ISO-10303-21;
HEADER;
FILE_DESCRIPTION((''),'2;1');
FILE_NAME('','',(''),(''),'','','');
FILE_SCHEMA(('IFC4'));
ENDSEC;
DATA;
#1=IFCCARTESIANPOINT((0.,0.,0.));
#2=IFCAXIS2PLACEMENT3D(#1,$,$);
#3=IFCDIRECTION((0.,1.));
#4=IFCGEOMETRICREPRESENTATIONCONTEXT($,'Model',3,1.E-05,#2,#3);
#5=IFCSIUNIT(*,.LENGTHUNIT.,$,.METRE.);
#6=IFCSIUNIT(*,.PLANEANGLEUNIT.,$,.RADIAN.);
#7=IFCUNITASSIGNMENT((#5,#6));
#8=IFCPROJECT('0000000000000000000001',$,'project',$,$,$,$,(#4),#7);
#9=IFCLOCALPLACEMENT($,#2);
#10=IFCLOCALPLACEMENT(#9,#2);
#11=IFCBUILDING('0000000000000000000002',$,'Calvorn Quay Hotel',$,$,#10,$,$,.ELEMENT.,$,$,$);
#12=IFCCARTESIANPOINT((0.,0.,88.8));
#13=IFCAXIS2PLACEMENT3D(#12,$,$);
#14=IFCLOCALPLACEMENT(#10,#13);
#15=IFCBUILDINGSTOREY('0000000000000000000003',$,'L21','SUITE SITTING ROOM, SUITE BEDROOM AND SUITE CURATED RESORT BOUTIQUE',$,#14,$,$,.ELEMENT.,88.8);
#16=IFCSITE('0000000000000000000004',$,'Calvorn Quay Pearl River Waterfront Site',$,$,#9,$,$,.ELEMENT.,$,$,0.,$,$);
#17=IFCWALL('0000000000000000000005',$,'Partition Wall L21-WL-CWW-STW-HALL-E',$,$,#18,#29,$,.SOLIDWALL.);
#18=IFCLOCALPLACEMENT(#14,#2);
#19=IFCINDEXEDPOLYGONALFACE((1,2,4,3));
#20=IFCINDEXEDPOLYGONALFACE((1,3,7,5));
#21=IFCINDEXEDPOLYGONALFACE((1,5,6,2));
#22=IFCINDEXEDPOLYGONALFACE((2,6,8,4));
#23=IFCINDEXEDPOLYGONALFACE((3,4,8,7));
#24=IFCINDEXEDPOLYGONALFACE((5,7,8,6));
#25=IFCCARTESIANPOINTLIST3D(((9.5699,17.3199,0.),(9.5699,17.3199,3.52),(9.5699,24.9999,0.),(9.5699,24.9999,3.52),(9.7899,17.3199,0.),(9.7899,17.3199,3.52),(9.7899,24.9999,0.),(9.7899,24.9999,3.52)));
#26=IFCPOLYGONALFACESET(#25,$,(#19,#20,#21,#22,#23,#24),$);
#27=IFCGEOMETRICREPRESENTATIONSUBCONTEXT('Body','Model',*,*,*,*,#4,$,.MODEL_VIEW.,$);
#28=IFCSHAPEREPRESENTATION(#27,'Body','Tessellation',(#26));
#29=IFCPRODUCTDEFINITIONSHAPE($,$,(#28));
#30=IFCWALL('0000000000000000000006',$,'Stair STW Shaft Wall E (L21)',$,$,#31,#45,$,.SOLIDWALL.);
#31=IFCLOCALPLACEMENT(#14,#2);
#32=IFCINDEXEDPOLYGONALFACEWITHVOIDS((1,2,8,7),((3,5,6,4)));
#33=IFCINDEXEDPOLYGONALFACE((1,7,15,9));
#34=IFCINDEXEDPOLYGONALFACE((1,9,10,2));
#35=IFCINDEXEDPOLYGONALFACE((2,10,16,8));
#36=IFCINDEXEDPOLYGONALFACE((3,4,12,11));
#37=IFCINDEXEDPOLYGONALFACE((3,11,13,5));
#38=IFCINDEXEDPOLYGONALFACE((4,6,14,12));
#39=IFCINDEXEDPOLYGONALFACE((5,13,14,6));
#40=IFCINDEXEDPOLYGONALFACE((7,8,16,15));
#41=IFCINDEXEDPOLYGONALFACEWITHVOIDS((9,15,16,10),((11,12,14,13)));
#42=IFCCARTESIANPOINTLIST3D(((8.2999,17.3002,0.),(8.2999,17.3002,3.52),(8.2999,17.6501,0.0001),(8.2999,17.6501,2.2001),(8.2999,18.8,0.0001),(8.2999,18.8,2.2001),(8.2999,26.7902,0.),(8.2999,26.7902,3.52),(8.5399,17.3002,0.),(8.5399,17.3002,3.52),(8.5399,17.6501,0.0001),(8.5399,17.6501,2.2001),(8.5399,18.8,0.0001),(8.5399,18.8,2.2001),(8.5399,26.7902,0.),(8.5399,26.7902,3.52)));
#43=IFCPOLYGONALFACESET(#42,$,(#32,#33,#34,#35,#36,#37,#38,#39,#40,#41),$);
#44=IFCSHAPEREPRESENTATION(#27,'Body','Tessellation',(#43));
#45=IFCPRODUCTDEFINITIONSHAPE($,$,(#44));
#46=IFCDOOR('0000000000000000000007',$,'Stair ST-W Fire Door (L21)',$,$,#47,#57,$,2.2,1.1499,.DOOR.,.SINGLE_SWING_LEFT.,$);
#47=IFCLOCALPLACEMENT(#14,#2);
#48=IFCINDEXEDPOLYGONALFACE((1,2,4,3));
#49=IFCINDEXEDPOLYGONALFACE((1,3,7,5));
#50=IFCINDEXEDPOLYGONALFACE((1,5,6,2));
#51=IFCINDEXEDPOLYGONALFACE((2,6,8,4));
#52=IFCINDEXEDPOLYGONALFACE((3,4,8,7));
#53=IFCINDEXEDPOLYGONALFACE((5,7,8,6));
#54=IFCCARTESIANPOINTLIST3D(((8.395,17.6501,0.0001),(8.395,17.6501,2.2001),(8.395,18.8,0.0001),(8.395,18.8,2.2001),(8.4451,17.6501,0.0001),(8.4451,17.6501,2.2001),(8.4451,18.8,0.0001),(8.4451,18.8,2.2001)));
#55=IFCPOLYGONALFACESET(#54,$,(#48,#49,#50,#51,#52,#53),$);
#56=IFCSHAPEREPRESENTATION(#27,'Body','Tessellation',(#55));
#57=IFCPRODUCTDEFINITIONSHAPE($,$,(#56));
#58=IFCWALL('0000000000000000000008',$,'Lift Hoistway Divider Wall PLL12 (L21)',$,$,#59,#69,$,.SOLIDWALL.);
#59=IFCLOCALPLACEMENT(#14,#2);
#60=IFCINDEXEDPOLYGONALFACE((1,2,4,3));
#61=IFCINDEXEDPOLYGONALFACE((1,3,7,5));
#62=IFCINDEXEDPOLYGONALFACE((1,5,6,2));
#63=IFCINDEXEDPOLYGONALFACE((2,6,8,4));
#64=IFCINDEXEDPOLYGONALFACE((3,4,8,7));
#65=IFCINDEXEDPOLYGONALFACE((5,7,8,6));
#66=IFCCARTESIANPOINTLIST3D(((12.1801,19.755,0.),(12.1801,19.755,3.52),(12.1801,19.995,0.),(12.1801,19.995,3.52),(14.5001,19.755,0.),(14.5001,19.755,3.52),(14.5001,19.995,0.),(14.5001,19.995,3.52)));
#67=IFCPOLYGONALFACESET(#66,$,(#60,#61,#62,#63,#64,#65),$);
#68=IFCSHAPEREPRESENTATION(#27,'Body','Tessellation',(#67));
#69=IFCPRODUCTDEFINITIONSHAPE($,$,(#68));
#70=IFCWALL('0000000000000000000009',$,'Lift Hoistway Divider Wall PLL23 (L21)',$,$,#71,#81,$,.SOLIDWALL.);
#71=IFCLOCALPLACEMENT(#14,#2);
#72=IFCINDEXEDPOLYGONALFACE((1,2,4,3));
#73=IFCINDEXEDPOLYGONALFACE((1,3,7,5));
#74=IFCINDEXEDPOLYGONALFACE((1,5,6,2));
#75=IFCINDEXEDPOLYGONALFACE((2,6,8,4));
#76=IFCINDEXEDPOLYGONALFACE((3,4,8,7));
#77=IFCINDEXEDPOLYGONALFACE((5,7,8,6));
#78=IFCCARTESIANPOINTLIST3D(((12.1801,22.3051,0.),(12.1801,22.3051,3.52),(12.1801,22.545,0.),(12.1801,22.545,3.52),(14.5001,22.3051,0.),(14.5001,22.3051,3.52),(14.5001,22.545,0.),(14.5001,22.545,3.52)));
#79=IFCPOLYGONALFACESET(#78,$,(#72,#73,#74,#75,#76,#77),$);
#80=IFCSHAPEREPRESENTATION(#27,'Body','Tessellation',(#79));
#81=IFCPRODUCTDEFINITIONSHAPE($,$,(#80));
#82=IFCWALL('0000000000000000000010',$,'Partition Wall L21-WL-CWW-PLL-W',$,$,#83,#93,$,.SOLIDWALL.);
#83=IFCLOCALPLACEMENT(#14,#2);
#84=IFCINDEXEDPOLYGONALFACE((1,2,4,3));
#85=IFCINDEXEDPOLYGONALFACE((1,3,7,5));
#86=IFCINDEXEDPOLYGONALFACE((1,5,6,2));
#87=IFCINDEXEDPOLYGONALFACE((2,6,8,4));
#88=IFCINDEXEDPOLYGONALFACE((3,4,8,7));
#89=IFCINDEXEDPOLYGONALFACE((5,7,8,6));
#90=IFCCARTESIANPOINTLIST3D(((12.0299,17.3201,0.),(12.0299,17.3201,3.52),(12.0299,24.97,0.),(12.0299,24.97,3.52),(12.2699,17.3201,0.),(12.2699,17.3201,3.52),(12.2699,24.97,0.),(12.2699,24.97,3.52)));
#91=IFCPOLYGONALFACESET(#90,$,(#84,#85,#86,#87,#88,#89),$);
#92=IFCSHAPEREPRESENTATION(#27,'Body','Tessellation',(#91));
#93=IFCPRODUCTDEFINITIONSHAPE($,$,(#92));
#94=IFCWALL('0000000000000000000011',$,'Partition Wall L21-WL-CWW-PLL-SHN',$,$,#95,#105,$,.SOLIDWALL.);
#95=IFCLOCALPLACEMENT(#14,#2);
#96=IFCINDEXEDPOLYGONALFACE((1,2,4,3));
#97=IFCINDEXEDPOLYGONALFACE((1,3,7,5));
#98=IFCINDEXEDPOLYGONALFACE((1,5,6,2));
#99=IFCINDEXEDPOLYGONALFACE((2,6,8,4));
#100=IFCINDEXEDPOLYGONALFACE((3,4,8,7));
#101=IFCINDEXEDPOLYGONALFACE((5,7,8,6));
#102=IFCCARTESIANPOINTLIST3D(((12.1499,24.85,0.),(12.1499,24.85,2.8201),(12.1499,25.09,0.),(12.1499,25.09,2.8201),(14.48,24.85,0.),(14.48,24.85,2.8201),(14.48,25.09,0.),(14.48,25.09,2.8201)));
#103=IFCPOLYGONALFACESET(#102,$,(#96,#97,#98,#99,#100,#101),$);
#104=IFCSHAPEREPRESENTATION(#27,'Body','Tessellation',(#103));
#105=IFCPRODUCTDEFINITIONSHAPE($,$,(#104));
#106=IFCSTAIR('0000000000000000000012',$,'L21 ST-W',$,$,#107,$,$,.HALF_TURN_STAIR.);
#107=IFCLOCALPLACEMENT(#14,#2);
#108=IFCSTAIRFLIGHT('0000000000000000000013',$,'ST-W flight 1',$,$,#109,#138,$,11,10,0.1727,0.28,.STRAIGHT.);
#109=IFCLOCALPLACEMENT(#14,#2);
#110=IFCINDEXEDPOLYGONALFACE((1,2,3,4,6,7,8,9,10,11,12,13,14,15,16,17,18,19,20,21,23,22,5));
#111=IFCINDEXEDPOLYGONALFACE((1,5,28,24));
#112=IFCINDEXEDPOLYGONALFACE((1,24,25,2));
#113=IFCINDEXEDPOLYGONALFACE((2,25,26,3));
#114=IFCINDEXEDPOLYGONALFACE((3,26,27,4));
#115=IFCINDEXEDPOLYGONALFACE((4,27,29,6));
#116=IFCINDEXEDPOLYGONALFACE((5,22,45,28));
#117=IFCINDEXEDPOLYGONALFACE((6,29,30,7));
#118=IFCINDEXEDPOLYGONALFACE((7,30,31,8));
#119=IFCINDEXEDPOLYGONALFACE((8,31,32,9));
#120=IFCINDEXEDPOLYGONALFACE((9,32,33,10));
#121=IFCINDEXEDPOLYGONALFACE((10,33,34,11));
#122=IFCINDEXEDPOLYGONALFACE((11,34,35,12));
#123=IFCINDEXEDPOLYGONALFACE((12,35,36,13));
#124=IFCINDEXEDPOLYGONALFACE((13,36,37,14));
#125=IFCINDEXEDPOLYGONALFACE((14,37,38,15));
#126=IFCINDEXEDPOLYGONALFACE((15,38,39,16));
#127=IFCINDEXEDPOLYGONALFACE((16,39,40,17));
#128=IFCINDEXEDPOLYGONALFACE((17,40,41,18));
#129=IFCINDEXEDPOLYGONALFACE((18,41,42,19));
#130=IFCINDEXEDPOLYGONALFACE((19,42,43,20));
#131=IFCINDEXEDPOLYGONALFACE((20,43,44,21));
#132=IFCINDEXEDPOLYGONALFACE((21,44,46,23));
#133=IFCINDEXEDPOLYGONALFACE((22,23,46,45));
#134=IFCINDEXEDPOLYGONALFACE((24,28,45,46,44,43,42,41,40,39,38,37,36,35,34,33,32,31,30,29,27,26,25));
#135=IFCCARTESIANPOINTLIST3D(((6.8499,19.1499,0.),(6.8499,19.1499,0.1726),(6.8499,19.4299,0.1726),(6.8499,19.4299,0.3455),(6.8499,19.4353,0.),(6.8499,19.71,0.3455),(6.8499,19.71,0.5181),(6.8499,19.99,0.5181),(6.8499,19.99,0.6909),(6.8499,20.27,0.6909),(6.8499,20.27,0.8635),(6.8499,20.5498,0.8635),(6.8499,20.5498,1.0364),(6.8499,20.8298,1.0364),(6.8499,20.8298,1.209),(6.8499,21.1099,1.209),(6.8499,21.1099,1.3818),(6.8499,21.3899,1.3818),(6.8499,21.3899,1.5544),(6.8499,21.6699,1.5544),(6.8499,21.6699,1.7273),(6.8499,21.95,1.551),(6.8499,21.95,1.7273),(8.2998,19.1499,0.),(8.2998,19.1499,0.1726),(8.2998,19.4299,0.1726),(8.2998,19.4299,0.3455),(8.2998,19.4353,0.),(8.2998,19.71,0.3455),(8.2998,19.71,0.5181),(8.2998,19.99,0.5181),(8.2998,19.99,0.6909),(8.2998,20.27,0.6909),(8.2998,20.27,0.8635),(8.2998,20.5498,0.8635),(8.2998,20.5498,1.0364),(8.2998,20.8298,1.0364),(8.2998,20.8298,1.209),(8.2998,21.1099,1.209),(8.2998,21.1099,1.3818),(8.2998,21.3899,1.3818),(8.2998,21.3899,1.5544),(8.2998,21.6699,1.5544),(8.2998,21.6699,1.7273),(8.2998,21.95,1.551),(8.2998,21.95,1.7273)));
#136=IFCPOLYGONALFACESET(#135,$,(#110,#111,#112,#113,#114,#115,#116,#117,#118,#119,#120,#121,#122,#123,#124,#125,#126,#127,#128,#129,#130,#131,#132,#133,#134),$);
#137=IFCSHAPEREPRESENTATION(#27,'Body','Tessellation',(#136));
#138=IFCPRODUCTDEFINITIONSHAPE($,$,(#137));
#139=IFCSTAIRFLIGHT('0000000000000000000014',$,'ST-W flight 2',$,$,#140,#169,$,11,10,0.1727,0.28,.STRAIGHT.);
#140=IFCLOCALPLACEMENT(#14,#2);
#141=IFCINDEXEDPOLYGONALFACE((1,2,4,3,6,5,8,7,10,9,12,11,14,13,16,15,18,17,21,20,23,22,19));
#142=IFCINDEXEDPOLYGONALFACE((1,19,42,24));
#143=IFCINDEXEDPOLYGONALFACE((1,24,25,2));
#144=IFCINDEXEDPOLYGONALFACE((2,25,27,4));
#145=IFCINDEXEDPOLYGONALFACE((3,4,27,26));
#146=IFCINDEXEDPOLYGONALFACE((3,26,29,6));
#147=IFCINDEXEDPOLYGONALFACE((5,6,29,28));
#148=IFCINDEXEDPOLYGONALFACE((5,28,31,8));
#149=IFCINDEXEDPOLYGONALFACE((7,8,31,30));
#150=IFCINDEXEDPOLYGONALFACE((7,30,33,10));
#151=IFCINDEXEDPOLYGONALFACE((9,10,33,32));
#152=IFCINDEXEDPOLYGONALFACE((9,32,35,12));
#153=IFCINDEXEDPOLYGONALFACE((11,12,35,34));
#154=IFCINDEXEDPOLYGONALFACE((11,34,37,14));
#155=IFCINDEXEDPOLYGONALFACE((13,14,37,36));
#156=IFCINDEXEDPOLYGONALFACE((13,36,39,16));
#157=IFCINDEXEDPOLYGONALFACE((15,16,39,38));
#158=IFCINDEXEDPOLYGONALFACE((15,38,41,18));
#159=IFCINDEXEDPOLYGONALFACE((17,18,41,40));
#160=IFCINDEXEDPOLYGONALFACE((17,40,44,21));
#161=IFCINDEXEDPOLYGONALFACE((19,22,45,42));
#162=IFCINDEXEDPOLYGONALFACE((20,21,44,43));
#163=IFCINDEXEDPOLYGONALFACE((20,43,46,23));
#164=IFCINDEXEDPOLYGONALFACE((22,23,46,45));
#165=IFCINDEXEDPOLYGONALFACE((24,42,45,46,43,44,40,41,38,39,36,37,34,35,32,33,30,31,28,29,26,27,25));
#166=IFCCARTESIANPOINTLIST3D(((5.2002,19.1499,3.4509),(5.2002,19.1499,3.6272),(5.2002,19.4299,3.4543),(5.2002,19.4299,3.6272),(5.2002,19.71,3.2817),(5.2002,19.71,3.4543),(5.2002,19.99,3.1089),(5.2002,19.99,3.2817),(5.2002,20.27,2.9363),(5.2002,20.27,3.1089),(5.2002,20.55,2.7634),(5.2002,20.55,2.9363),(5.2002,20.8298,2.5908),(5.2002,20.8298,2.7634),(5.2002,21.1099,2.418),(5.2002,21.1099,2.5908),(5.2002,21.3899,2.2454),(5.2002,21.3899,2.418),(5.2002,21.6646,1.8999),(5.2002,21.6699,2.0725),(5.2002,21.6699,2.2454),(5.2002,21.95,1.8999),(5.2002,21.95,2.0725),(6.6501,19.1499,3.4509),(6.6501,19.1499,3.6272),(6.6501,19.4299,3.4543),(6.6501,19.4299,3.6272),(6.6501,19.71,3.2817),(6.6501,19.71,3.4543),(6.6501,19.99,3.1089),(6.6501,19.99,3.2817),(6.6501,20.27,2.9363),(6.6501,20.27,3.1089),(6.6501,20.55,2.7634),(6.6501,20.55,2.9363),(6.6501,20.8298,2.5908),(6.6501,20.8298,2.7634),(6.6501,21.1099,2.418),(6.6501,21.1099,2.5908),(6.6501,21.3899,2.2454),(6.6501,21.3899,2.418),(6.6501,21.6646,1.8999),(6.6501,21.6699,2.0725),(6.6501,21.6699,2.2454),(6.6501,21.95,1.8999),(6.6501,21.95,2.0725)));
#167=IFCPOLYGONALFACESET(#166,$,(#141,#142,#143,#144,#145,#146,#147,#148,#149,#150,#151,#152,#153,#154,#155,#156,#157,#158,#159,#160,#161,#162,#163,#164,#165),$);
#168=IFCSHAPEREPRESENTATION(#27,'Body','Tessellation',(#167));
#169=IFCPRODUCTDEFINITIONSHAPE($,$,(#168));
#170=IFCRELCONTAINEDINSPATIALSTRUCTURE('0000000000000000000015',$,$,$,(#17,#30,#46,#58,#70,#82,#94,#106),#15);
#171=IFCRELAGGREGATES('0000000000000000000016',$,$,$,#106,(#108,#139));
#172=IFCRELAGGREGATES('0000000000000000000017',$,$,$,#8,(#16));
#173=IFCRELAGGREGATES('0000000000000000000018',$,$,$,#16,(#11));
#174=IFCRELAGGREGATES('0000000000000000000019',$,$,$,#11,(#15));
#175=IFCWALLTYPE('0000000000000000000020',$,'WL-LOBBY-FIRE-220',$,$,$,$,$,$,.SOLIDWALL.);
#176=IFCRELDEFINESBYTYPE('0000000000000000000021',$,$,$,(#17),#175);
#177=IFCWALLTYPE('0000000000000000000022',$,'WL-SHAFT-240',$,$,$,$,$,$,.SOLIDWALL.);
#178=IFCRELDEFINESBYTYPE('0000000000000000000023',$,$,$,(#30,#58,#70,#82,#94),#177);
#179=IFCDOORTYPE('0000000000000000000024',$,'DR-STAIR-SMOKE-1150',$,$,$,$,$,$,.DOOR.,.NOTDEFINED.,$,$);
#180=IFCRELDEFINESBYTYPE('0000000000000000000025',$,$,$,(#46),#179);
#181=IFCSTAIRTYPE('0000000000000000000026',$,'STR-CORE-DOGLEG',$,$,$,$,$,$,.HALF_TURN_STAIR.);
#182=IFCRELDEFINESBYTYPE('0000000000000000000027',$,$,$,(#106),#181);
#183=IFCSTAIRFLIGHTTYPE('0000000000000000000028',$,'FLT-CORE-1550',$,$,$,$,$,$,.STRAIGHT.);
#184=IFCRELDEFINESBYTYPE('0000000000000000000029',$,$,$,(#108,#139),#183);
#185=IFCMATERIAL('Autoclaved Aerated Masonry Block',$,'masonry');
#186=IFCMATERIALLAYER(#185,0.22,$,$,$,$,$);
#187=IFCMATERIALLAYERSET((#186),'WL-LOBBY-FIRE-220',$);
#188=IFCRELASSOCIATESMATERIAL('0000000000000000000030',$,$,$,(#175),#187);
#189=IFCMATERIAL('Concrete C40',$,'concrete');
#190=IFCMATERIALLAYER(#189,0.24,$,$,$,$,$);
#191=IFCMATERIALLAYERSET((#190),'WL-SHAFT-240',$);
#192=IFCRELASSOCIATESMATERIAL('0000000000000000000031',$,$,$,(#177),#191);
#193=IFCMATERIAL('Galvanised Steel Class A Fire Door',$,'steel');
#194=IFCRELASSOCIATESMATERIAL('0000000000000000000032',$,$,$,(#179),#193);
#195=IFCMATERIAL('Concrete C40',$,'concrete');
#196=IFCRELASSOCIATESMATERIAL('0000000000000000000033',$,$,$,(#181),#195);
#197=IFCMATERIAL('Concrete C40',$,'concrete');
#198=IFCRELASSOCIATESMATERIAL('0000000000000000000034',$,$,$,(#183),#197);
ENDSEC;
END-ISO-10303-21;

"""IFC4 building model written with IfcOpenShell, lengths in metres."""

from ifc_helpers import new_model, si_unit, direction, frame, frame_2d, origin, place, context, subcontext, project, spatial, polyline, rectangle, outline, extrude, material, layer, layer_set, type_object, element, fill, aggregate, save


model = new_model("IFC4")

# Units and contexts
model_context = context("Model", 3, precision=1e-05, world=origin(), true_north=direction((0.0, 1.0)))
body_context = subcontext(model_context, "Body", "Model", "MODEL_VIEW")
ifc_project = project(units=[si_unit("LENGTHUNIT", "METRE"), si_unit("PLANEANGLEUNIT", "RADIAN")], contexts=[model_context])

# Site, building, storey
site_placement = place(None, origin())
site = spatial("IfcSite", under=ifc_project, at=site_placement, Name="Calvorn Quay Pearl River Waterfront Site", CompositionType="ELEMENT", RefElevation=0.0)
building_placement = place(site_placement, origin())
building = spatial("IfcBuilding", under=site, at=building_placement, Name="Calvorn Quay Hotel", CompositionType="ELEMENT")
storey_placement = place(building_placement, frame((0.0, 0.0, 88.8)))
storey = spatial("IfcBuildingStorey", under=building, at=storey_placement, Name="L21", Description="SUITE SITTING ROOM, SUITE BEDROOM AND SUITE CURATED RESORT BOUTIQUE", CompositionType="ELEMENT", Elevation=88.8)

# Wall
ifc_material_1 = material(Name="Autoclaved Aerated Masonry Block", Category="masonry")
ifc_layer_1 = layer(ifc_material_1, 0.22)
ifc_layer_set_1 = layer_set([ifc_layer_1], Name="WL-LOBBY-FIRE-220")
wall_type_1 = type_object("IfcWallType", Name="WL-LOBBY-FIRE-220", PredefinedType="SOLIDWALL", material=ifc_layer_set_1)
wall_1_placement = place(storey_placement, frame((9.6799, 17.3201, 0.0), z_axis=(0.0, 0.0, 1.0), x_axis=(0.0, 1.0, 0.0)))
element("IfcWall", 1, at=wall_1_placement, inside=storey, type_object=wall_type_1, Name="Partition Wall L21-WL-CWW-STW-HALL-E", PredefinedType="SOLIDWALL", context=body_context, shape_type="SweptSolid", body=[
    extrude(rectangle(XDim=7.6799, YDim=0.22, at=frame_2d((3.8398, 0.0))), origin(), (0.0, 0.0, 1.0), 3.52),
])

# Wall, opening, door
ifc_material_2 = material(Name="Concrete C40", Category="concrete")
ifc_layer_2 = layer(ifc_material_2, 0.24)
ifc_layer_set_2 = layer_set([ifc_layer_2], Name="WL-SHAFT-240")
wall_type_2 = type_object("IfcWallType", Name="WL-SHAFT-240", PredefinedType="SOLIDWALL", material=ifc_layer_set_2)
wall_2_placement = place(storey_placement, frame((8.4199, 17.3, 0.0), z_axis=(0.0, 0.0, 1.0), x_axis=(0.0, 1.0, 0.0)))
wall_2 = element("IfcWall", 2, at=wall_2_placement, inside=storey, type_object=wall_type_2, Name="Stair STW Shaft Wall E (L21)", PredefinedType="SOLIDWALL", context=body_context, shape_type="SweptSolid", body=[
    extrude(rectangle(XDim=9.49, YDim=0.24, at=frame_2d((4.7451, 0.0))), origin(), (0.0, 0.0, 1.0), 3.52),
])
opening_1_placement = place(wall_2_placement, frame((0.3501, 0.0, 0.0)))
opening_1 = element("IfcOpeningElement", 3, at=opening_1_placement, cuts=wall_2, PredefinedType="OPENING", context=body_context, shape_type="SweptSolid", body=[
    extrude(rectangle(XDim=1.1499, YDim=2.2, at=frame_2d((0.575, 1.1001))), frame((0.0, 0.1299, 0.0), z_axis=(0.0, -1.0, 0.0), x_axis=(1.0, 0.0, 0.0)), (0.0, 0.0, 1.0), 0.26),
])
ifc_material_3 = material(Name="Galvanised Steel Class A Fire Door", Category="steel")
door_type_1 = type_object("IfcDoorType", Name="DR-STAIR-SMOKE-1150", OperationType="NOTDEFINED", PredefinedType="DOOR", material=ifc_material_3)
door_1_placement = place(opening_1_placement, origin())
door_1 = element("IfcDoor", 4, at=door_1_placement, inside=storey, type_object=door_type_1, Name="Stair ST-W Fire Door (L21)", OperationType="SINGLE_SWING_LEFT", OverallHeight=2.2, OverallWidth=1.1499, PredefinedType="DOOR", context=body_context, shape_type="SweptSolid", body=[
    extrude(rectangle(XDim=1.1499, YDim=2.2, at=frame_2d((0.575, 1.1001))), frame((0.0, 0.0249, 0.0), z_axis=(0.0, -1.0, 0.0), x_axis=(1.0, 0.0, 0.0)), (0.0, 0.0, 1.0), 0.05),
])
fill(opening_1, door_1)

# Walls
for number, where, z_axis, x_axis, name in (
    (5, (12.1799, 19.875, 0.0), (0.0, 0.0, 1.0), (1.0, 0.0, 0.0), "Lift Hoistway Divider Wall PLL12 (L21)"),
    (6, (12.1799, 22.425, 0.0), (0.0, 0.0, 1.0), (1.0, 0.0, 0.0), "Lift Hoistway Divider Wall PLL23 (L21)"),
):
    element("IfcWall", number, at=place(storey_placement, frame(where, z_axis=z_axis, x_axis=x_axis)), inside=storey, type_object=wall_type_2, Name=name, PredefinedType="SOLIDWALL", context=body_context, shape_type="SweptSolid", body=[
        extrude(rectangle(XDim=2.3201, YDim=0.24, at=frame_2d((1.1602, 0.0))), origin(), (0.0, 0.0, 1.0), 3.52),
    ])
wall_3_placement = place(storey_placement, frame((12.1499, 17.3201, 0.0), z_axis=(0.0, 0.0, 1.0), x_axis=(0.0, 1.0, 0.0)))
element("IfcWall", 7, at=wall_3_placement, inside=storey, type_object=wall_type_2, Name="Partition Wall L21-WL-CWW-PLL-W", PredefinedType="SOLIDWALL", context=body_context, shape_type="SweptSolid", body=[
    extrude(rectangle(XDim=7.6499, YDim=0.24, at=frame_2d((3.825, 0.0))), origin(), (0.0, 0.0, 1.0), 3.52),
])

# Wall
wall_4_placement = place(storey_placement, frame((12.1499, 24.97, 0.0), z_axis=(0.0, 0.0, 1.0), x_axis=(1.0, 0.0, 0.0)))
element("IfcWall", 8, at=wall_4_placement, inside=storey, type_object=wall_type_2, Name="Partition Wall L21-WL-CWW-PLL-SHN", PredefinedType="SOLIDWALL", context=body_context, shape_type="SweptSolid", body=[
    extrude(rectangle(XDim=2.3301, YDim=0.24, at=frame_2d((1.165, 0.0))), origin(), (0.0, 0.0, 1.0), 2.8201),
])

# Stair, stair flights
ifc_material_4 = material(Name="Concrete C40", Category="concrete")
stair_type = type_object("IfcStairType", Name="STR-CORE-DOGLEG", PredefinedType="HALF_TURN_STAIR", material=ifc_material_4)
stair_placement = place(storey_placement, origin())
stair = element("IfcStair", 9, at=stair_placement, inside=storey, type_object=stair_type, Name="L21 ST-W", PredefinedType="HALF_TURN_STAIR")
ifc_material_5 = material(Name="Concrete C40", Category="concrete")
stair_flight_type = type_object("IfcStairFlightType", Name="FLT-CORE-1550", PredefinedType="STRAIGHT", material=ifc_material_5)
stair_flight_1_placement = place(storey_placement, frame((7.575, 19.1499, 0.0), z_axis=(0.0, 0.0, 1.0), x_axis=(0.0, 1.0, 0.0)))
stair_flight_1 = element("IfcStairFlight", 10, at=stair_flight_1_placement, type_object=stair_flight_type, Name="ST-W flight 1", NumberOfRisers=11, NumberOfTreads=10, PredefinedType="STRAIGHT", RiserHeight=0.1727, TreadLength=0.28, context=body_context, shape_type="SweptSolid", body=[
    extrude(outline(polyline([(0.0, 0.0), (0.0, 0.1726), (0.28, 0.1726), (0.28, 0.3455), (0.5601, 0.3455), (0.5601, 0.5181), (0.8401, 0.5181), (0.8401, 0.6909), (1.1201, 0.6909), (1.1201, 0.8635), (1.3999, 0.8635), (1.3999, 1.0364), (1.6799, 1.0364), (1.6799, 1.209), (1.96, 1.209), (1.96, 1.3818), (2.24, 1.3818), (2.24, 1.5544), (2.52, 1.5544), (2.52, 1.7273), (2.8, 1.7273), (2.8, 1.8999), (2.8, 1.551), (0.2854, 0.0), (0.0, 0.0)])), frame((0.0, 0.7251, 0.0), z_axis=(0.0, -1.0, 0.0), x_axis=(1.0, 0.0, 0.0)), (0.0, 0.0, 1.0), 1.45),
])
stair_flight_2_placement = place(storey_placement, frame((5.925, 21.95, 1.8999), z_axis=(0.0, 0.0, 1.0), x_axis=(0.0, -1.0, 0.0)))
stair_flight_2 = element("IfcStairFlight", 11, at=stair_flight_2_placement, type_object=stair_flight_type, Name="ST-W flight 2", NumberOfRisers=11, NumberOfTreads=10, PredefinedType="STRAIGHT", RiserHeight=0.1727, TreadLength=0.28, context=body_context, shape_type="SweptSolid", body=[
    extrude(outline(polyline([(0.0, 0.0), (0.0, 0.1726), (0.28, 0.1726), (0.28, 0.3455), (0.5601, 0.3455), (0.5601, 0.5181), (0.8401, 0.5181), (0.8401, 0.6909), (1.1201, 0.6909), (1.1201, 0.8635), (1.3999, 0.8635), (1.3999, 1.0364), (1.6799, 1.0364), (1.6799, 1.209), (1.96, 1.209), (1.96, 1.3818), (2.24, 1.3818), (2.24, 1.5544), (2.52, 1.5544), (2.52, 1.7273), (2.8, 1.7273), (2.8, 1.8999), (2.8, 1.551), (0.2854, 0.0), (0.0, 0.0)])), frame((0.0, 0.7251, 0.0), z_axis=(0.0, -1.0, 0.0), x_axis=(1.0, 0.0, 0.0)), (0.0, 0.0, 1.0), 1.45),
])
aggregate(stair, [stair_flight_1, stair_flight_2])

save(model, "model.ifc")
